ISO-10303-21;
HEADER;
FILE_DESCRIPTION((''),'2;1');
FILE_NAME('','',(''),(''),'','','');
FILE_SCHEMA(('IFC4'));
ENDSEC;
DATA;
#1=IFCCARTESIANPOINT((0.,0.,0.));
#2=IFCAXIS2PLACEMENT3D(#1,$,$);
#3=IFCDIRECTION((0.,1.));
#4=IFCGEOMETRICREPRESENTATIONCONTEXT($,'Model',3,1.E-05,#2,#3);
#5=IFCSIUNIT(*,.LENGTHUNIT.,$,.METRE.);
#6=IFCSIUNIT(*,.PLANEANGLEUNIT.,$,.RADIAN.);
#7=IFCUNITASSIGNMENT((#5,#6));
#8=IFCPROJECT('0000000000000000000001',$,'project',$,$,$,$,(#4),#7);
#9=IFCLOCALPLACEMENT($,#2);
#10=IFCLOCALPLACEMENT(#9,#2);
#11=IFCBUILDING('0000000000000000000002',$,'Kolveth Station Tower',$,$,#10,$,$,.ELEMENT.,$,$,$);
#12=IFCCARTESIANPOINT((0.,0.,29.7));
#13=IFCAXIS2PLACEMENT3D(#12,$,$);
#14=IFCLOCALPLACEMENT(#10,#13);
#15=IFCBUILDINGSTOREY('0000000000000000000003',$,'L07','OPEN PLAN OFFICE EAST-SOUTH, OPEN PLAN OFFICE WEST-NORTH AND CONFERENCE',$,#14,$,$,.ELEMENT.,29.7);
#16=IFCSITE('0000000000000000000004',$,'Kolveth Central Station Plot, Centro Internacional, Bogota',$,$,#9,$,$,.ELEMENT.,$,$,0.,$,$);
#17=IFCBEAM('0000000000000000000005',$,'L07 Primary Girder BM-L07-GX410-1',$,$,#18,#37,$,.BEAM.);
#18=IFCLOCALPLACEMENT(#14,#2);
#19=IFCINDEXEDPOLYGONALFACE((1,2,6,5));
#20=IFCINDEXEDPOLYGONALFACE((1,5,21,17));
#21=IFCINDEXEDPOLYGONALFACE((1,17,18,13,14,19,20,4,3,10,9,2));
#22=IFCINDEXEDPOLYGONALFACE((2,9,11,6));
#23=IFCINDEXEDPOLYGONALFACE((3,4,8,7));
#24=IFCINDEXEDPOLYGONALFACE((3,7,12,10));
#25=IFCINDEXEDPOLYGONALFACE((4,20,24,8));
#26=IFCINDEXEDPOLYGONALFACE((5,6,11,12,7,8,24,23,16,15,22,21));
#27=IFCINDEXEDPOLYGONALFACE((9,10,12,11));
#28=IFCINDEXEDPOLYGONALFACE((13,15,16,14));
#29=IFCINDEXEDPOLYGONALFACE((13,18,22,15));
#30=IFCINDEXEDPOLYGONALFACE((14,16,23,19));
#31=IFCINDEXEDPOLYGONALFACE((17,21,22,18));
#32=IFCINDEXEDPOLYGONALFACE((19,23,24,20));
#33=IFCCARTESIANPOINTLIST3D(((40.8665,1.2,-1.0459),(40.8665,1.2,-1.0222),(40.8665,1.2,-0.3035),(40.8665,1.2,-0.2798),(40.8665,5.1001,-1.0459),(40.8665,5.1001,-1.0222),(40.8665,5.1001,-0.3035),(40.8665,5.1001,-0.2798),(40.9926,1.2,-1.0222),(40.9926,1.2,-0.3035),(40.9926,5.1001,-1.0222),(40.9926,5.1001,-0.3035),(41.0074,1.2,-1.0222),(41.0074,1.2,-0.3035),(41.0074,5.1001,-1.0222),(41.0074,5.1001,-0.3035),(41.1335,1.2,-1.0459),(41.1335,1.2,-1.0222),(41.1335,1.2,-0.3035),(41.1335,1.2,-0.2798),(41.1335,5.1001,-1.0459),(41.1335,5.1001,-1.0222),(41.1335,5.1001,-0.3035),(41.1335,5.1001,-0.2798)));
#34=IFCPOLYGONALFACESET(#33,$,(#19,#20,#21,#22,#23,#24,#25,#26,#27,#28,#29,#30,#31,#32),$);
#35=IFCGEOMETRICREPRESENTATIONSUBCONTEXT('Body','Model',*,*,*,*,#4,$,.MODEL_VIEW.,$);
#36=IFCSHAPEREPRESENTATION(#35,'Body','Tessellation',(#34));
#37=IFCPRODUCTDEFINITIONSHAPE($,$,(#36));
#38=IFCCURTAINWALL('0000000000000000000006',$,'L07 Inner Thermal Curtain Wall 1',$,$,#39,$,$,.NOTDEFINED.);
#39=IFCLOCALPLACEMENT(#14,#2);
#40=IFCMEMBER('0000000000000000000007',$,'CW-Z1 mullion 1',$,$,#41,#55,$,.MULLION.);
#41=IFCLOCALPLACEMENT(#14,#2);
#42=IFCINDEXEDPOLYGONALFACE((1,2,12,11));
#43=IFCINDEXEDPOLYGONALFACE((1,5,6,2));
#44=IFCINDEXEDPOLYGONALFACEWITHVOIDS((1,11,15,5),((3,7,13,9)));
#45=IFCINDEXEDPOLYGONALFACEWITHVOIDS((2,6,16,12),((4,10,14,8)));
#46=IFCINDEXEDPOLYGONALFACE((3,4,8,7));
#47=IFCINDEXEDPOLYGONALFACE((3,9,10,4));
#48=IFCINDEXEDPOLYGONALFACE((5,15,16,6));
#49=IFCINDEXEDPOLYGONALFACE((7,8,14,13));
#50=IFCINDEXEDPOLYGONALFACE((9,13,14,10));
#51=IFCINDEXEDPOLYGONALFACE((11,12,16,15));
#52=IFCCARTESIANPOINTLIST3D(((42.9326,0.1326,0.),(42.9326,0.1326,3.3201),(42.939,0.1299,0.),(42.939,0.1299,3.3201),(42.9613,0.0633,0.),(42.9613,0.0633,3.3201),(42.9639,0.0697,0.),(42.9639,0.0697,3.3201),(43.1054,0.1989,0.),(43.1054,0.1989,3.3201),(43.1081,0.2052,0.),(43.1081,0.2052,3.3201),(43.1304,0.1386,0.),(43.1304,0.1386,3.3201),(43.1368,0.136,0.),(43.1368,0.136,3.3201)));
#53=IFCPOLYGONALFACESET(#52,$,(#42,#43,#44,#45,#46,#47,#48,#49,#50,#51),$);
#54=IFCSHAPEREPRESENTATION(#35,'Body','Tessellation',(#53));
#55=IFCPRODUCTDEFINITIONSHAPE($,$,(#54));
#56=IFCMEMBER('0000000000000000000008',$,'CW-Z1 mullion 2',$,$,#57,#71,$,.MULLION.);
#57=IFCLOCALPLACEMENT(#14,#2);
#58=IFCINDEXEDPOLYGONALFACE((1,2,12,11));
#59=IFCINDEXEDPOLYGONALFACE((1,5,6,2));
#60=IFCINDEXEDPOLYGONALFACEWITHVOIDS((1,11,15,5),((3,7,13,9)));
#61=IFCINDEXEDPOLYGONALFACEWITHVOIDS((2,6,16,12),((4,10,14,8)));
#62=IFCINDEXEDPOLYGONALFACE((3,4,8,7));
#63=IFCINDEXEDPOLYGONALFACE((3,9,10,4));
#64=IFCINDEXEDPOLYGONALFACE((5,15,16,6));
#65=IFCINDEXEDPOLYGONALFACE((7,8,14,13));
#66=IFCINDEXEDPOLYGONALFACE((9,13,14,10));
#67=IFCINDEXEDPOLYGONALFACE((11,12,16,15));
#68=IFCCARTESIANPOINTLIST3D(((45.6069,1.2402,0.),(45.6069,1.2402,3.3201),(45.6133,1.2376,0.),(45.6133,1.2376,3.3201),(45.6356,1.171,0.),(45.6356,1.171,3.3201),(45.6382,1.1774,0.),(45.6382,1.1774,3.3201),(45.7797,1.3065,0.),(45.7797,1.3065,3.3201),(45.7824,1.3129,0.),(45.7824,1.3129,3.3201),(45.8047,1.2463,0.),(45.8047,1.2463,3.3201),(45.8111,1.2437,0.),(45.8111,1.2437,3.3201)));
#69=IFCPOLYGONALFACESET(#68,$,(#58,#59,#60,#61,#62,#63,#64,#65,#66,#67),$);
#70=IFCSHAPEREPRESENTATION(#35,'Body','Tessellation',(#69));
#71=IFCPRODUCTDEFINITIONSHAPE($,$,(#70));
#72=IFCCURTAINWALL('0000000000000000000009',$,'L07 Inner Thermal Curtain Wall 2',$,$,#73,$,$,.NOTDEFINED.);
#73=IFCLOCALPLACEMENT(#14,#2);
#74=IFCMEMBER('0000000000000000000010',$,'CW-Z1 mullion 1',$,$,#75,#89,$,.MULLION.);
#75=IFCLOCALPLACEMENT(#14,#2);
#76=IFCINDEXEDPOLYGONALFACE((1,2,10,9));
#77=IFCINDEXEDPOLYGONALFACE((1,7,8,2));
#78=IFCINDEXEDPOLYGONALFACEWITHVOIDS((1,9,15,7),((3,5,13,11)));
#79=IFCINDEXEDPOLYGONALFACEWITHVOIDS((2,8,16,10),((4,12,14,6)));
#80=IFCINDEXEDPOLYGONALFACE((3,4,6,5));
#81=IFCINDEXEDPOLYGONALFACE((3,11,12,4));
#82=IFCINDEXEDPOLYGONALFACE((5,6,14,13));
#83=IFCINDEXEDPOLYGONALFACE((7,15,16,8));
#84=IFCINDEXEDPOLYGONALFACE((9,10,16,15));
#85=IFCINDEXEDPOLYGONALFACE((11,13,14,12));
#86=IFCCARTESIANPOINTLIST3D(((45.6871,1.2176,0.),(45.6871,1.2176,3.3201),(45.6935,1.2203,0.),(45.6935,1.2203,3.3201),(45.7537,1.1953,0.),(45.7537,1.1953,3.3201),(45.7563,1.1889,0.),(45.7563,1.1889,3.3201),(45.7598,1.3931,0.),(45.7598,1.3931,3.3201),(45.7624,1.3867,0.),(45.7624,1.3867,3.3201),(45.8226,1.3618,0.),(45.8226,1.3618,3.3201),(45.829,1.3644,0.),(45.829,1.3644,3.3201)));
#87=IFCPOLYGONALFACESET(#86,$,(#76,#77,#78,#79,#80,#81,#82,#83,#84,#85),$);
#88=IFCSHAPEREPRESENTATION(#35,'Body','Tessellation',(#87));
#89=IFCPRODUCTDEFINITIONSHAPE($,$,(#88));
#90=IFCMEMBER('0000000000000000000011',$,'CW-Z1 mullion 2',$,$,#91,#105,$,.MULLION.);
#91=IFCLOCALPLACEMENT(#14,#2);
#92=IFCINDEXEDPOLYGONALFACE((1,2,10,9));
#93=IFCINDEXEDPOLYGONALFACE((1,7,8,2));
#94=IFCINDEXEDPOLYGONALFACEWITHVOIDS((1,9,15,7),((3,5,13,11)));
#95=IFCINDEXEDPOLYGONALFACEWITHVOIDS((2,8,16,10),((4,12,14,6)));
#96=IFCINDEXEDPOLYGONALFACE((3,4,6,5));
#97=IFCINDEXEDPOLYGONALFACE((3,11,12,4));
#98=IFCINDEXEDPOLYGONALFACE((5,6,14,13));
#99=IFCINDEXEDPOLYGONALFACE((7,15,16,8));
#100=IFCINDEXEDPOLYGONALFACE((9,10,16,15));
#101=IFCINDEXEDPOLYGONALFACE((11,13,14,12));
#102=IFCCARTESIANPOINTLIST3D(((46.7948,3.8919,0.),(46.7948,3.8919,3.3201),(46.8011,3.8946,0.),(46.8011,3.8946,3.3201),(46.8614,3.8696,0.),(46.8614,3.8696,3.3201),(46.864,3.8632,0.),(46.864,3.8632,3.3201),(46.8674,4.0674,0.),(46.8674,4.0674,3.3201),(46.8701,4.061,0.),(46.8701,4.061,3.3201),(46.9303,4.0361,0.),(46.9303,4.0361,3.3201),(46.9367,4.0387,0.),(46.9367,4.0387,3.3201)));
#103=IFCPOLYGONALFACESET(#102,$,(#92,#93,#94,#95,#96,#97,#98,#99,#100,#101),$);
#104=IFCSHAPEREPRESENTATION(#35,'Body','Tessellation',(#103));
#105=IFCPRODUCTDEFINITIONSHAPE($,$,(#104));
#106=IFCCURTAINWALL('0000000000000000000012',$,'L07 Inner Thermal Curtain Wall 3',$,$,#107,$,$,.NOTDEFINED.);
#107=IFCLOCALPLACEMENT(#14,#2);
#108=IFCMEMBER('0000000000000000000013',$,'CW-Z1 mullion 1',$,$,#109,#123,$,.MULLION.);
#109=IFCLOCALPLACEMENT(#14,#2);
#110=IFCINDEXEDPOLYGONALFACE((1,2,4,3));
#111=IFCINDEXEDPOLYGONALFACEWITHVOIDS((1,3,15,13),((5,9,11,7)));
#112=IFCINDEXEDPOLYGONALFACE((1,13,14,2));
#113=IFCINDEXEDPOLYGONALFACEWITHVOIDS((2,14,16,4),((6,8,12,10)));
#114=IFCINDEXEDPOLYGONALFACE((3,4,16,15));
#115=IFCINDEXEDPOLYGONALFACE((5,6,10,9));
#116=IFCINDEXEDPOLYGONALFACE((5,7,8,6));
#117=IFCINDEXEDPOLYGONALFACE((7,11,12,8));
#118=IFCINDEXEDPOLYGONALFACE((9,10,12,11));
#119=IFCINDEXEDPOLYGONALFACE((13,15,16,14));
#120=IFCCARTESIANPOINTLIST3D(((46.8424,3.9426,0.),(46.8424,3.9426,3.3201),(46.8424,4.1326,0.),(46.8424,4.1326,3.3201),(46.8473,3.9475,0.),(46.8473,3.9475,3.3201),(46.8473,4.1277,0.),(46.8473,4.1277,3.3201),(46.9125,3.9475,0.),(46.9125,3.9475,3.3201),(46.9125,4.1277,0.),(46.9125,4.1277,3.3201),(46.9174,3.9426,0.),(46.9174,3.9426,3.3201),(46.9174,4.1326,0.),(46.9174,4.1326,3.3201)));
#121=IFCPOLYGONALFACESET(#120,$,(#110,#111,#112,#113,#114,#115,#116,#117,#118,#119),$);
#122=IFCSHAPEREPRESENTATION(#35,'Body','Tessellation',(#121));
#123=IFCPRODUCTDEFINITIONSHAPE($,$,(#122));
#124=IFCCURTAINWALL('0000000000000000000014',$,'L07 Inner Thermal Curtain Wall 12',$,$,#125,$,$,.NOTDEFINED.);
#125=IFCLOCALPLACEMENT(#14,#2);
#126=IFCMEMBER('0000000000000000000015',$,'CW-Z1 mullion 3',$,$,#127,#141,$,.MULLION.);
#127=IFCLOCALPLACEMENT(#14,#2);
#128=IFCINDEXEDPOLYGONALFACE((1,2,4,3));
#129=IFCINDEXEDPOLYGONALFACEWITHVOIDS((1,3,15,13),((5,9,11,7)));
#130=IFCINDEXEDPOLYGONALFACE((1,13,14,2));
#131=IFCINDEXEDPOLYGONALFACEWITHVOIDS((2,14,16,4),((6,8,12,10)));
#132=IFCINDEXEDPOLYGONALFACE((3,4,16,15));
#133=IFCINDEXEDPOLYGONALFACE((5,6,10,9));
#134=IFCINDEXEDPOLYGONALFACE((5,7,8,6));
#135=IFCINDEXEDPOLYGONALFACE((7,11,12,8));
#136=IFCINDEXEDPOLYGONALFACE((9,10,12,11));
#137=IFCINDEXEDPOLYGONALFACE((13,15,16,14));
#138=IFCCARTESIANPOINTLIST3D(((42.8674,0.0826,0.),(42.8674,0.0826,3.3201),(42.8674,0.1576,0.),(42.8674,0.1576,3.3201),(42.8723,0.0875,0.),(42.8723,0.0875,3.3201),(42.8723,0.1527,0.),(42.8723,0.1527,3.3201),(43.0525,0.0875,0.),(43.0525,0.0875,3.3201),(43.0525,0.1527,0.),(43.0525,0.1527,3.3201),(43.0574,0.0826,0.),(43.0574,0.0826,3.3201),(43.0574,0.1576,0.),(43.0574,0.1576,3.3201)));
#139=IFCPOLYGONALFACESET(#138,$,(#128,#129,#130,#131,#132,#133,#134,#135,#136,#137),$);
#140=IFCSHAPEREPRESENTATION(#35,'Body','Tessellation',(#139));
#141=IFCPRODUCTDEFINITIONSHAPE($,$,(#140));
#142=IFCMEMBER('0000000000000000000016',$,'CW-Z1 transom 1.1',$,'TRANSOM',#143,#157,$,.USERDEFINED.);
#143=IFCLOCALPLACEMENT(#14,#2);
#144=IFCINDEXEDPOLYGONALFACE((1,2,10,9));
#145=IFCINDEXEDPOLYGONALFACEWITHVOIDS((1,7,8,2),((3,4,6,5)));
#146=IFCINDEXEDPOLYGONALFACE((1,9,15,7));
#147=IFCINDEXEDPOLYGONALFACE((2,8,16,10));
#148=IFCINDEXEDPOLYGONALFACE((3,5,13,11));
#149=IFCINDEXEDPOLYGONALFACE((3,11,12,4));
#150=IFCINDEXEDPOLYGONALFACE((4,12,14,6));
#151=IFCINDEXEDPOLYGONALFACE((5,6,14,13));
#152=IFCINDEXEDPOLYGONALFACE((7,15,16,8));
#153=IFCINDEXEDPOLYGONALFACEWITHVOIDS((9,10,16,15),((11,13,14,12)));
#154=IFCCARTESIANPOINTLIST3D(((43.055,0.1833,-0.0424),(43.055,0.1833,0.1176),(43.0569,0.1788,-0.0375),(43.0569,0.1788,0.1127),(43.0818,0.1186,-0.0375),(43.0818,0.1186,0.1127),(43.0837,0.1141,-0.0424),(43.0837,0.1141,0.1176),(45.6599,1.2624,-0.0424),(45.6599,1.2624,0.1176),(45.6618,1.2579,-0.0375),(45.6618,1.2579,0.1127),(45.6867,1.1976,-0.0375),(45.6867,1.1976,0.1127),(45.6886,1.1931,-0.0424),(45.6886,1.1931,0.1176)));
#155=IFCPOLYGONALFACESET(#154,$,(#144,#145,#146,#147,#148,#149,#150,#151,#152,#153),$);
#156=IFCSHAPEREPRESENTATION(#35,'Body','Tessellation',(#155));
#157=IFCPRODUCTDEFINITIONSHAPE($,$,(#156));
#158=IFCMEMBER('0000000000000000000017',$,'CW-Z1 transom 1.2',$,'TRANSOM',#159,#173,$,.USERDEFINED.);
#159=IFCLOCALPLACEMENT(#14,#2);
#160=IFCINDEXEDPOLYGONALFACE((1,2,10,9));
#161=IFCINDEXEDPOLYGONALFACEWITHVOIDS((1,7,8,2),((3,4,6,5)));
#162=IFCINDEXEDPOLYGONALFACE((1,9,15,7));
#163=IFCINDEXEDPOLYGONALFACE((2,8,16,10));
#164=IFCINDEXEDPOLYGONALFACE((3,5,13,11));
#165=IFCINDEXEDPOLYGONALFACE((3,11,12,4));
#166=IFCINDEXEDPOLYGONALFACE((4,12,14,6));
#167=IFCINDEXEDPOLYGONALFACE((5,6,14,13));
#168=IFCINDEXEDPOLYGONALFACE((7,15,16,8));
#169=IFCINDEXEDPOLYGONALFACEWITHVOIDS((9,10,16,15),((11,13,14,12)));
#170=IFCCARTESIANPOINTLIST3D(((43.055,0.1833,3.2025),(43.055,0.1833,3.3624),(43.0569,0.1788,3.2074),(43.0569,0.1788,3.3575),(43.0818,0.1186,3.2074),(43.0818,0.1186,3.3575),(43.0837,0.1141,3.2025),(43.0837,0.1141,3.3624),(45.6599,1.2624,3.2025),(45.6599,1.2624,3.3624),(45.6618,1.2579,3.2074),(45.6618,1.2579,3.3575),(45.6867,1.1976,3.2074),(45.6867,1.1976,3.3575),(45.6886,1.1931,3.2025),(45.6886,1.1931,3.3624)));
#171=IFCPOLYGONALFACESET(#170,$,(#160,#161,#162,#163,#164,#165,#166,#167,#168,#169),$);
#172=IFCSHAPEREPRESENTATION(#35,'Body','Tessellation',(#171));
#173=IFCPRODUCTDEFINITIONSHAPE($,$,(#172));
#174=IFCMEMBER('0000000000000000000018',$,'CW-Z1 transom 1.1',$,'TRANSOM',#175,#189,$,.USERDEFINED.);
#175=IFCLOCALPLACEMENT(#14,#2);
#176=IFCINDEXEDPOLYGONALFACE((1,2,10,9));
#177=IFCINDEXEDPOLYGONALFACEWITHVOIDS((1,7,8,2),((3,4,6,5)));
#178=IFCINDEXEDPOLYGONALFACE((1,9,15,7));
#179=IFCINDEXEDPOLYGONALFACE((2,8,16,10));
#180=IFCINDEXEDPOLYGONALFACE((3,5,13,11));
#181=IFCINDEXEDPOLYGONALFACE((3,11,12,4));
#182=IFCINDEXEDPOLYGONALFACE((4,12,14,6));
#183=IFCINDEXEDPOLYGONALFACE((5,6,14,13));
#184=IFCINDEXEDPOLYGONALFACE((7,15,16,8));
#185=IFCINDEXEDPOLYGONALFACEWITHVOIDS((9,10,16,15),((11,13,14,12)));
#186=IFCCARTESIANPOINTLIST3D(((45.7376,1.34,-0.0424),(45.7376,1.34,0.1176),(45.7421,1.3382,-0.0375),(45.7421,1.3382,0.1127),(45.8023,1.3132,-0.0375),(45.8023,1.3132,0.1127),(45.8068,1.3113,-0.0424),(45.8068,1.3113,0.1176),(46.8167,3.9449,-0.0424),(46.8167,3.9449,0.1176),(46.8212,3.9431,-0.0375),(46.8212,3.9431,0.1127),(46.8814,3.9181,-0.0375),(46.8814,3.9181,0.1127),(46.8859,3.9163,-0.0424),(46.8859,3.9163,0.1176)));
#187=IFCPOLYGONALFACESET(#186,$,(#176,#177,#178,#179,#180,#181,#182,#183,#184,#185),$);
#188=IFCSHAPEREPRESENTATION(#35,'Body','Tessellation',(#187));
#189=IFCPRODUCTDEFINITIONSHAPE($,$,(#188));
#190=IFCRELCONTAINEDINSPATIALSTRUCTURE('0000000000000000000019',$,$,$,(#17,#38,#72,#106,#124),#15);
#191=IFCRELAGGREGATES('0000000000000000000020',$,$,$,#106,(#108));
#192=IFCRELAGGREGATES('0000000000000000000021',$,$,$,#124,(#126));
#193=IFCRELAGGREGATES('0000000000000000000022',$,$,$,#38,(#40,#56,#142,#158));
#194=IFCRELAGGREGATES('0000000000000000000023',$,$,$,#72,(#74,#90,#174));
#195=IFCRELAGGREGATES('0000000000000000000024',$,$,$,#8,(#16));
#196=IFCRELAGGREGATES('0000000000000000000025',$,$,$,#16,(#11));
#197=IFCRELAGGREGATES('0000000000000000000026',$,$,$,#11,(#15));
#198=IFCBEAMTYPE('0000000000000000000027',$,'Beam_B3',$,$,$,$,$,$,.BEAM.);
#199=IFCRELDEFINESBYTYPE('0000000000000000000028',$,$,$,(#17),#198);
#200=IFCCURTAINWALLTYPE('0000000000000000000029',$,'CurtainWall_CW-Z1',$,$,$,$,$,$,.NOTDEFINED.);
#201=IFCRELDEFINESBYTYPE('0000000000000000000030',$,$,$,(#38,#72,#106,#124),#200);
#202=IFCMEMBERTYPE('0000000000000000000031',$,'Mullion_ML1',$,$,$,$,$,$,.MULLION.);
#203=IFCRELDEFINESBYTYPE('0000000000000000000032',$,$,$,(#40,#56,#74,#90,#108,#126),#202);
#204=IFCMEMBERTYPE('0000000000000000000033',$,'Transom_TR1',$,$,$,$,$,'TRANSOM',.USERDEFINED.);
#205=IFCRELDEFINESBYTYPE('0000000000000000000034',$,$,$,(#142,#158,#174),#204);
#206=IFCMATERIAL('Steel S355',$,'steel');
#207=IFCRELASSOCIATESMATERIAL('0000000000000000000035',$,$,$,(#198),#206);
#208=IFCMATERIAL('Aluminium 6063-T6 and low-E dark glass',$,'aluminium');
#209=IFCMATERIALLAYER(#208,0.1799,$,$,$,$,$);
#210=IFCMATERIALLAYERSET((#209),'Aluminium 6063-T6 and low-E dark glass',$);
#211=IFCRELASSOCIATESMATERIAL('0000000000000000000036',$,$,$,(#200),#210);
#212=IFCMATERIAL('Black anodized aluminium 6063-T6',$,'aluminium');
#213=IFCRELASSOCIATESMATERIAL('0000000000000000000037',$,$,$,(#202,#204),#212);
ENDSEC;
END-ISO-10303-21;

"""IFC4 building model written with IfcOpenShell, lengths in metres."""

from ifc_helpers import new_model, si_unit, direction, frame, origin, origin_2d, place, context, subcontext, project, spatial, hollow_rectangle, i_section, extrude, source, transform, mapped, material, layer, layer_set, material_profile, profile_set, type_object, element, aggregate, save


model = new_model("IFC4")

# Units and contexts
model_context = context("Model", 3, precision=1e-05, world=origin(), true_north=direction((0.0, 1.0)))
body_context = subcontext(model_context, "Body", "Model", "MODEL_VIEW")
ifc_project = project(units=[si_unit("LENGTHUNIT", "METRE"), si_unit("PLANEANGLEUNIT", "RADIAN")], contexts=[model_context])

# Site, building, storey
site_placement = place(None, origin())
site = spatial("IfcSite", under=ifc_project, at=site_placement, Name="Kolveth Central Station Plot, Centro Internacional, Bogota", CompositionType="ELEMENT", RefElevation=0.0)
building_placement = place(site_placement, origin())
building = spatial("IfcBuilding", under=site, at=building_placement, Name="Kolveth Station Tower", CompositionType="ELEMENT")
storey_placement = place(building_placement, frame((0.0, 0.0, 29.7)))
storey = spatial("IfcBuildingStorey", under=building, at=storey_placement, Name="L07", Description="OPEN PLAN OFFICE EAST-SOUTH, OPEN PLAN OFFICE WEST-NORTH AND CONFERENCE", CompositionType="ELEMENT", Elevation=29.7)

# Beam
ifc_material_1 = material(Name="Steel S355", Category="steel")
ifc_material_profile_1 = material_profile(ifc_material_1, i_section(OverallWidth=0.2671, OverallDepth=0.7661, WebThickness=0.0149, FlangeThickness=0.0237, at=origin_2d()), Name="W760x185")
ifc_profile_set_1 = profile_set([ifc_material_profile_1], Name="Steel S355")
beam_type = type_object("IfcBeamType", Name="Beam_B3", PredefinedType="BEAM", material=ifc_profile_set_1)
shared_shape_1 = source(origin(), body_context, "Body", "SweptSolid", [
    extrude(i_section(OverallWidth=0.2671, OverallDepth=0.7661, WebThickness=0.0149, FlangeThickness=0.0237, at=origin_2d()), origin(), (0.0, 0.0, 1.0), 3.9001),
])
beam_placement = place(storey_placement, frame((41.0, 1.2, -0.6628), z_axis=(0.0, 1.0, 0.0), x_axis=(-1.0, 0.0, 0.0)))
element("IfcBeam", 1, at=beam_placement, inside=storey, type_object=beam_type, Name="L07 Primary Girder BM-L07-GX410-1", PredefinedType="BEAM", context=body_context, shape_type="MappedRepresentation", body=[
    mapped(shared_shape_1, transform((0.0, 0.0, 0.0), x_axis=(1.0, 0.0, 0.0), y_axis=(0.0, 1.0, 0.0), z_axis=(0.0, 0.0, 1.0), scale=1.0)),
])

# Curtain walls, members
ifc_material_2 = material(Name="Aluminium 6063-T6 and low-E dark glass", Category="aluminium")
ifc_layer_1 = layer(ifc_material_2, 0.1799)
ifc_layer_set_1 = layer_set([ifc_layer_1], Name="Aluminium 6063-T6 and low-E dark glass")
curtain_wall_type_1 = type_object("IfcCurtainWallType", Name="CurtainWall_CW-Z1", PredefinedType="NOTDEFINED", material=ifc_layer_set_1)
curtain_wall_1_placement = place(storey_placement, origin())
curtain_wall_1 = element("IfcCurtainWall", 2, at=curtain_wall_1_placement, inside=storey, type_object=curtain_wall_type_1, Name="L07 Inner Thermal Curtain Wall 1", PredefinedType="NOTDEFINED")
ifc_material_3 = material(Name="Black anodized aluminium 6063-T6", Category="aluminium")
ifc_material_profile_2 = material_profile(ifc_material_3, hollow_rectangle(XDim=0.075, YDim=0.1899, WallThickness=0.0049, at=origin_2d()), Name="ALU-75x190x5")
ifc_profile_set_2 = profile_set([ifc_material_profile_2], Name="Black anodized aluminium 6063-T6")
member_type_1 = type_object("IfcMemberType", Name="Mullion_ML1", PredefinedType="MULLION", material=ifc_profile_set_2)
shared_shape_2 = source(origin(), body_context, "Body", "SweptSolid", [
    extrude(hollow_rectangle(XDim=0.075, YDim=0.1899, WallThickness=0.0049, at=origin_2d()), origin(), (0.0, 0.0, 1.0), 3.3201),
])
member_1_placement = place(storey_placement, frame((43.0347, 0.1343, 0.0), z_axis=(0.0, 0.0, 1.0), x_axis=(-0.382673, 0.923884, 0.0)))
member_1 = element("IfcMember", 3, at=member_1_placement, type_object=member_type_1, Name="CW-Z1 mullion 1", PredefinedType="MULLION", context=body_context, shape_type="MappedRepresentation", body=[
    mapped(shared_shape_2, transform((0.0, 0.0, 0.0), x_axis=(1.0, 0.0, 0.0), y_axis=(0.0, 1.0, 0.0), z_axis=(0.0, 0.0, 1.0), scale=1.0)),
])
member_2_placement = place(storey_placement, frame((45.709, 1.2419, 0.0), z_axis=(0.0, 0.0, 1.0), x_axis=(-0.382673, 0.923884, 0.0)))
member_2 = element("IfcMember", 4, at=member_2_placement, type_object=member_type_1, Name="CW-Z1 mullion 2", PredefinedType="MULLION", context=body_context, shape_type="MappedRepresentation", body=[
    mapped(shared_shape_2, transform((0.0, 0.0, 0.0), x_axis=(1.0, 0.0, 0.0), y_axis=(0.0, 1.0, 0.0), z_axis=(0.0, 0.0, 1.0), scale=1.0)),
])
curtain_wall_2_placement = place(storey_placement, origin())
curtain_wall_2 = element("IfcCurtainWall", 5, at=curtain_wall_2_placement, inside=storey, type_object=curtain_wall_type_1, Name="L07 Inner Thermal Curtain Wall 2", PredefinedType="NOTDEFINED")
member_3_placement = place(storey_placement, frame((45.7581, 1.291, 0.0), z_axis=(0.0, 0.0, 1.0), x_axis=(-0.923884, 0.382673, 0.0)))
member_3 = element("IfcMember", 6, at=member_3_placement, type_object=member_type_1, Name="CW-Z1 mullion 1", PredefinedType="MULLION", context=body_context, shape_type="MappedRepresentation", body=[
    mapped(shared_shape_2, transform((0.0, 0.0, 0.0), x_axis=(1.0, 0.0, 0.0), y_axis=(0.0, 1.0, 0.0), z_axis=(0.0, 0.0, 1.0), scale=1.0)),
])
member_4_placement = place(storey_placement, frame((46.8657, 3.9653, 0.0), z_axis=(0.0, 0.0, 1.0), x_axis=(-0.923884, 0.382673, 0.0)))
member_4 = element("IfcMember", 7, at=member_4_placement, type_object=member_type_1, Name="CW-Z1 mullion 2", PredefinedType="MULLION", context=body_context, shape_type="MappedRepresentation", body=[
    mapped(shared_shape_2, transform((0.0, 0.0, 0.0), x_axis=(1.0, 0.0, 0.0), y_axis=(0.0, 1.0, 0.0), z_axis=(0.0, 0.0, 1.0), scale=1.0)),
])

# Curtain walls, members
curtain_wall_3_placement = place(storey_placement, origin())
curtain_wall_3 = element("IfcCurtainWall", 8, at=curtain_wall_3_placement, inside=storey, type_object=curtain_wall_type_1, Name="L07 Inner Thermal Curtain Wall 3", PredefinedType="NOTDEFINED")
member_5_placement = place(storey_placement, frame((46.8799, 4.0376, 0.0), z_axis=(0.0, 0.0, 1.0), x_axis=(-1.0, 0.0, 0.0)))
member_5 = element("IfcMember", 9, at=member_5_placement, type_object=member_type_1, Name="CW-Z1 mullion 1", PredefinedType="MULLION", context=body_context, shape_type="MappedRepresentation", body=[
    mapped(shared_shape_2, transform((0.0, 0.0, 0.0), x_axis=(1.0, 0.0, 0.0), y_axis=(0.0, 1.0, 0.0), z_axis=(0.0, 0.0, 1.0), scale=1.0)),
])
aggregate(curtain_wall_3, [member_5])
curtain_wall_4_placement = place(storey_placement, origin())
curtain_wall_4 = element("IfcCurtainWall", 10, at=curtain_wall_4_placement, inside=storey, type_object=curtain_wall_type_1, Name="L07 Inner Thermal Curtain Wall 12", PredefinedType="NOTDEFINED")
member_6_placement = place(storey_placement, frame((42.9624, 0.1201, 0.0), z_axis=(0.0, 0.0, 1.0), x_axis=(0.0, 1.0, 0.0)))
member_6 = element("IfcMember", 11, at=member_6_placement, type_object=member_type_1, Name="CW-Z1 mullion 3", PredefinedType="MULLION", context=body_context, shape_type="MappedRepresentation", body=[
    mapped(shared_shape_2, transform((0.0, 0.0, 0.0), x_axis=(1.0, 0.0, 0.0), y_axis=(0.0, 1.0, 0.0), z_axis=(0.0, 0.0, 1.0), scale=1.0)),
])
aggregate(curtain_wall_4, [member_6])

# Members
ifc_material_profile_3 = material_profile(ifc_material_3, hollow_rectangle(XDim=0.075, YDim=0.1599, WallThickness=0.0049, at=origin_2d()), Name="ALU-75x160x5")
ifc_profile_set_3 = profile_set([ifc_material_profile_3], Name="Black anodized aluminium 6063-T6")
member_type_2 = type_object("IfcMemberType", Name="Transom_TR1", ElementType="TRANSOM", PredefinedType="USERDEFINED", material=ifc_profile_set_3)
shared_shape_3 = source(origin(), body_context, "Body", "SweptSolid", [
    extrude(hollow_rectangle(XDim=0.075, YDim=0.1599, WallThickness=0.0049, at=origin_2d()), origin(), (0.0, 0.0, 1.0), 2.8196),
])
member_7_placement = place(storey_placement, frame((43.0693, 0.1487, 0.0376), z_axis=(0.923869, 0.382709, 0.0), x_axis=(-0.382709, 0.923869, 0.0)))
member_7 = element("IfcMember", 12, at=member_7_placement, type_object=member_type_2, Name="CW-Z1 transom 1.1", ObjectType="TRANSOM", PredefinedType="USERDEFINED", context=body_context, shape_type="MappedRepresentation", body=[
    mapped(shared_shape_3, transform((0.0, 0.0, 0.0), x_axis=(1.0, 0.0, 0.0), y_axis=(0.0, 1.0, 0.0), z_axis=(0.0, 0.0, 1.0), scale=1.0)),
])
member_8_placement = place(storey_placement, frame((43.0693, 0.1487, 3.2825), z_axis=(0.923869, 0.382709, 0.0), x_axis=(-0.382709, 0.923869, 0.0)))
member_8 = element("IfcMember", 13, at=member_8_placement, type_object=member_type_2, Name="CW-Z1 transom 1.2", ObjectType="TRANSOM", PredefinedType="USERDEFINED", context=body_context, shape_type="MappedRepresentation", body=[
    mapped(shared_shape_3, transform((0.0, 0.0, 0.0), x_axis=(1.0, 0.0, 0.0), y_axis=(0.0, 1.0, 0.0), z_axis=(0.0, 0.0, 1.0), scale=1.0)),
])
member_9_placement = place(storey_placement, frame((45.7722, 1.3257, 0.0376), z_axis=(0.382709, 0.923869, 0.0), x_axis=(-0.923869, 0.382709, 0.0)))
member_9 = element("IfcMember", 14, at=member_9_placement, type_object=member_type_2, Name="CW-Z1 transom 1.1", ObjectType="TRANSOM", PredefinedType="USERDEFINED", context=body_context, shape_type="MappedRepresentation", body=[
    mapped(shared_shape_3, transform((0.0, 0.0, 0.0), x_axis=(1.0, 0.0, 0.0), y_axis=(0.0, 1.0, 0.0), z_axis=(0.0, 0.0, 1.0), scale=1.0)),
])

aggregate(curtain_wall_1, [member_1, member_2, member_7, member_8])
aggregate(curtain_wall_2, [member_3, member_4, member_9])

save(model, "model.ifc")
